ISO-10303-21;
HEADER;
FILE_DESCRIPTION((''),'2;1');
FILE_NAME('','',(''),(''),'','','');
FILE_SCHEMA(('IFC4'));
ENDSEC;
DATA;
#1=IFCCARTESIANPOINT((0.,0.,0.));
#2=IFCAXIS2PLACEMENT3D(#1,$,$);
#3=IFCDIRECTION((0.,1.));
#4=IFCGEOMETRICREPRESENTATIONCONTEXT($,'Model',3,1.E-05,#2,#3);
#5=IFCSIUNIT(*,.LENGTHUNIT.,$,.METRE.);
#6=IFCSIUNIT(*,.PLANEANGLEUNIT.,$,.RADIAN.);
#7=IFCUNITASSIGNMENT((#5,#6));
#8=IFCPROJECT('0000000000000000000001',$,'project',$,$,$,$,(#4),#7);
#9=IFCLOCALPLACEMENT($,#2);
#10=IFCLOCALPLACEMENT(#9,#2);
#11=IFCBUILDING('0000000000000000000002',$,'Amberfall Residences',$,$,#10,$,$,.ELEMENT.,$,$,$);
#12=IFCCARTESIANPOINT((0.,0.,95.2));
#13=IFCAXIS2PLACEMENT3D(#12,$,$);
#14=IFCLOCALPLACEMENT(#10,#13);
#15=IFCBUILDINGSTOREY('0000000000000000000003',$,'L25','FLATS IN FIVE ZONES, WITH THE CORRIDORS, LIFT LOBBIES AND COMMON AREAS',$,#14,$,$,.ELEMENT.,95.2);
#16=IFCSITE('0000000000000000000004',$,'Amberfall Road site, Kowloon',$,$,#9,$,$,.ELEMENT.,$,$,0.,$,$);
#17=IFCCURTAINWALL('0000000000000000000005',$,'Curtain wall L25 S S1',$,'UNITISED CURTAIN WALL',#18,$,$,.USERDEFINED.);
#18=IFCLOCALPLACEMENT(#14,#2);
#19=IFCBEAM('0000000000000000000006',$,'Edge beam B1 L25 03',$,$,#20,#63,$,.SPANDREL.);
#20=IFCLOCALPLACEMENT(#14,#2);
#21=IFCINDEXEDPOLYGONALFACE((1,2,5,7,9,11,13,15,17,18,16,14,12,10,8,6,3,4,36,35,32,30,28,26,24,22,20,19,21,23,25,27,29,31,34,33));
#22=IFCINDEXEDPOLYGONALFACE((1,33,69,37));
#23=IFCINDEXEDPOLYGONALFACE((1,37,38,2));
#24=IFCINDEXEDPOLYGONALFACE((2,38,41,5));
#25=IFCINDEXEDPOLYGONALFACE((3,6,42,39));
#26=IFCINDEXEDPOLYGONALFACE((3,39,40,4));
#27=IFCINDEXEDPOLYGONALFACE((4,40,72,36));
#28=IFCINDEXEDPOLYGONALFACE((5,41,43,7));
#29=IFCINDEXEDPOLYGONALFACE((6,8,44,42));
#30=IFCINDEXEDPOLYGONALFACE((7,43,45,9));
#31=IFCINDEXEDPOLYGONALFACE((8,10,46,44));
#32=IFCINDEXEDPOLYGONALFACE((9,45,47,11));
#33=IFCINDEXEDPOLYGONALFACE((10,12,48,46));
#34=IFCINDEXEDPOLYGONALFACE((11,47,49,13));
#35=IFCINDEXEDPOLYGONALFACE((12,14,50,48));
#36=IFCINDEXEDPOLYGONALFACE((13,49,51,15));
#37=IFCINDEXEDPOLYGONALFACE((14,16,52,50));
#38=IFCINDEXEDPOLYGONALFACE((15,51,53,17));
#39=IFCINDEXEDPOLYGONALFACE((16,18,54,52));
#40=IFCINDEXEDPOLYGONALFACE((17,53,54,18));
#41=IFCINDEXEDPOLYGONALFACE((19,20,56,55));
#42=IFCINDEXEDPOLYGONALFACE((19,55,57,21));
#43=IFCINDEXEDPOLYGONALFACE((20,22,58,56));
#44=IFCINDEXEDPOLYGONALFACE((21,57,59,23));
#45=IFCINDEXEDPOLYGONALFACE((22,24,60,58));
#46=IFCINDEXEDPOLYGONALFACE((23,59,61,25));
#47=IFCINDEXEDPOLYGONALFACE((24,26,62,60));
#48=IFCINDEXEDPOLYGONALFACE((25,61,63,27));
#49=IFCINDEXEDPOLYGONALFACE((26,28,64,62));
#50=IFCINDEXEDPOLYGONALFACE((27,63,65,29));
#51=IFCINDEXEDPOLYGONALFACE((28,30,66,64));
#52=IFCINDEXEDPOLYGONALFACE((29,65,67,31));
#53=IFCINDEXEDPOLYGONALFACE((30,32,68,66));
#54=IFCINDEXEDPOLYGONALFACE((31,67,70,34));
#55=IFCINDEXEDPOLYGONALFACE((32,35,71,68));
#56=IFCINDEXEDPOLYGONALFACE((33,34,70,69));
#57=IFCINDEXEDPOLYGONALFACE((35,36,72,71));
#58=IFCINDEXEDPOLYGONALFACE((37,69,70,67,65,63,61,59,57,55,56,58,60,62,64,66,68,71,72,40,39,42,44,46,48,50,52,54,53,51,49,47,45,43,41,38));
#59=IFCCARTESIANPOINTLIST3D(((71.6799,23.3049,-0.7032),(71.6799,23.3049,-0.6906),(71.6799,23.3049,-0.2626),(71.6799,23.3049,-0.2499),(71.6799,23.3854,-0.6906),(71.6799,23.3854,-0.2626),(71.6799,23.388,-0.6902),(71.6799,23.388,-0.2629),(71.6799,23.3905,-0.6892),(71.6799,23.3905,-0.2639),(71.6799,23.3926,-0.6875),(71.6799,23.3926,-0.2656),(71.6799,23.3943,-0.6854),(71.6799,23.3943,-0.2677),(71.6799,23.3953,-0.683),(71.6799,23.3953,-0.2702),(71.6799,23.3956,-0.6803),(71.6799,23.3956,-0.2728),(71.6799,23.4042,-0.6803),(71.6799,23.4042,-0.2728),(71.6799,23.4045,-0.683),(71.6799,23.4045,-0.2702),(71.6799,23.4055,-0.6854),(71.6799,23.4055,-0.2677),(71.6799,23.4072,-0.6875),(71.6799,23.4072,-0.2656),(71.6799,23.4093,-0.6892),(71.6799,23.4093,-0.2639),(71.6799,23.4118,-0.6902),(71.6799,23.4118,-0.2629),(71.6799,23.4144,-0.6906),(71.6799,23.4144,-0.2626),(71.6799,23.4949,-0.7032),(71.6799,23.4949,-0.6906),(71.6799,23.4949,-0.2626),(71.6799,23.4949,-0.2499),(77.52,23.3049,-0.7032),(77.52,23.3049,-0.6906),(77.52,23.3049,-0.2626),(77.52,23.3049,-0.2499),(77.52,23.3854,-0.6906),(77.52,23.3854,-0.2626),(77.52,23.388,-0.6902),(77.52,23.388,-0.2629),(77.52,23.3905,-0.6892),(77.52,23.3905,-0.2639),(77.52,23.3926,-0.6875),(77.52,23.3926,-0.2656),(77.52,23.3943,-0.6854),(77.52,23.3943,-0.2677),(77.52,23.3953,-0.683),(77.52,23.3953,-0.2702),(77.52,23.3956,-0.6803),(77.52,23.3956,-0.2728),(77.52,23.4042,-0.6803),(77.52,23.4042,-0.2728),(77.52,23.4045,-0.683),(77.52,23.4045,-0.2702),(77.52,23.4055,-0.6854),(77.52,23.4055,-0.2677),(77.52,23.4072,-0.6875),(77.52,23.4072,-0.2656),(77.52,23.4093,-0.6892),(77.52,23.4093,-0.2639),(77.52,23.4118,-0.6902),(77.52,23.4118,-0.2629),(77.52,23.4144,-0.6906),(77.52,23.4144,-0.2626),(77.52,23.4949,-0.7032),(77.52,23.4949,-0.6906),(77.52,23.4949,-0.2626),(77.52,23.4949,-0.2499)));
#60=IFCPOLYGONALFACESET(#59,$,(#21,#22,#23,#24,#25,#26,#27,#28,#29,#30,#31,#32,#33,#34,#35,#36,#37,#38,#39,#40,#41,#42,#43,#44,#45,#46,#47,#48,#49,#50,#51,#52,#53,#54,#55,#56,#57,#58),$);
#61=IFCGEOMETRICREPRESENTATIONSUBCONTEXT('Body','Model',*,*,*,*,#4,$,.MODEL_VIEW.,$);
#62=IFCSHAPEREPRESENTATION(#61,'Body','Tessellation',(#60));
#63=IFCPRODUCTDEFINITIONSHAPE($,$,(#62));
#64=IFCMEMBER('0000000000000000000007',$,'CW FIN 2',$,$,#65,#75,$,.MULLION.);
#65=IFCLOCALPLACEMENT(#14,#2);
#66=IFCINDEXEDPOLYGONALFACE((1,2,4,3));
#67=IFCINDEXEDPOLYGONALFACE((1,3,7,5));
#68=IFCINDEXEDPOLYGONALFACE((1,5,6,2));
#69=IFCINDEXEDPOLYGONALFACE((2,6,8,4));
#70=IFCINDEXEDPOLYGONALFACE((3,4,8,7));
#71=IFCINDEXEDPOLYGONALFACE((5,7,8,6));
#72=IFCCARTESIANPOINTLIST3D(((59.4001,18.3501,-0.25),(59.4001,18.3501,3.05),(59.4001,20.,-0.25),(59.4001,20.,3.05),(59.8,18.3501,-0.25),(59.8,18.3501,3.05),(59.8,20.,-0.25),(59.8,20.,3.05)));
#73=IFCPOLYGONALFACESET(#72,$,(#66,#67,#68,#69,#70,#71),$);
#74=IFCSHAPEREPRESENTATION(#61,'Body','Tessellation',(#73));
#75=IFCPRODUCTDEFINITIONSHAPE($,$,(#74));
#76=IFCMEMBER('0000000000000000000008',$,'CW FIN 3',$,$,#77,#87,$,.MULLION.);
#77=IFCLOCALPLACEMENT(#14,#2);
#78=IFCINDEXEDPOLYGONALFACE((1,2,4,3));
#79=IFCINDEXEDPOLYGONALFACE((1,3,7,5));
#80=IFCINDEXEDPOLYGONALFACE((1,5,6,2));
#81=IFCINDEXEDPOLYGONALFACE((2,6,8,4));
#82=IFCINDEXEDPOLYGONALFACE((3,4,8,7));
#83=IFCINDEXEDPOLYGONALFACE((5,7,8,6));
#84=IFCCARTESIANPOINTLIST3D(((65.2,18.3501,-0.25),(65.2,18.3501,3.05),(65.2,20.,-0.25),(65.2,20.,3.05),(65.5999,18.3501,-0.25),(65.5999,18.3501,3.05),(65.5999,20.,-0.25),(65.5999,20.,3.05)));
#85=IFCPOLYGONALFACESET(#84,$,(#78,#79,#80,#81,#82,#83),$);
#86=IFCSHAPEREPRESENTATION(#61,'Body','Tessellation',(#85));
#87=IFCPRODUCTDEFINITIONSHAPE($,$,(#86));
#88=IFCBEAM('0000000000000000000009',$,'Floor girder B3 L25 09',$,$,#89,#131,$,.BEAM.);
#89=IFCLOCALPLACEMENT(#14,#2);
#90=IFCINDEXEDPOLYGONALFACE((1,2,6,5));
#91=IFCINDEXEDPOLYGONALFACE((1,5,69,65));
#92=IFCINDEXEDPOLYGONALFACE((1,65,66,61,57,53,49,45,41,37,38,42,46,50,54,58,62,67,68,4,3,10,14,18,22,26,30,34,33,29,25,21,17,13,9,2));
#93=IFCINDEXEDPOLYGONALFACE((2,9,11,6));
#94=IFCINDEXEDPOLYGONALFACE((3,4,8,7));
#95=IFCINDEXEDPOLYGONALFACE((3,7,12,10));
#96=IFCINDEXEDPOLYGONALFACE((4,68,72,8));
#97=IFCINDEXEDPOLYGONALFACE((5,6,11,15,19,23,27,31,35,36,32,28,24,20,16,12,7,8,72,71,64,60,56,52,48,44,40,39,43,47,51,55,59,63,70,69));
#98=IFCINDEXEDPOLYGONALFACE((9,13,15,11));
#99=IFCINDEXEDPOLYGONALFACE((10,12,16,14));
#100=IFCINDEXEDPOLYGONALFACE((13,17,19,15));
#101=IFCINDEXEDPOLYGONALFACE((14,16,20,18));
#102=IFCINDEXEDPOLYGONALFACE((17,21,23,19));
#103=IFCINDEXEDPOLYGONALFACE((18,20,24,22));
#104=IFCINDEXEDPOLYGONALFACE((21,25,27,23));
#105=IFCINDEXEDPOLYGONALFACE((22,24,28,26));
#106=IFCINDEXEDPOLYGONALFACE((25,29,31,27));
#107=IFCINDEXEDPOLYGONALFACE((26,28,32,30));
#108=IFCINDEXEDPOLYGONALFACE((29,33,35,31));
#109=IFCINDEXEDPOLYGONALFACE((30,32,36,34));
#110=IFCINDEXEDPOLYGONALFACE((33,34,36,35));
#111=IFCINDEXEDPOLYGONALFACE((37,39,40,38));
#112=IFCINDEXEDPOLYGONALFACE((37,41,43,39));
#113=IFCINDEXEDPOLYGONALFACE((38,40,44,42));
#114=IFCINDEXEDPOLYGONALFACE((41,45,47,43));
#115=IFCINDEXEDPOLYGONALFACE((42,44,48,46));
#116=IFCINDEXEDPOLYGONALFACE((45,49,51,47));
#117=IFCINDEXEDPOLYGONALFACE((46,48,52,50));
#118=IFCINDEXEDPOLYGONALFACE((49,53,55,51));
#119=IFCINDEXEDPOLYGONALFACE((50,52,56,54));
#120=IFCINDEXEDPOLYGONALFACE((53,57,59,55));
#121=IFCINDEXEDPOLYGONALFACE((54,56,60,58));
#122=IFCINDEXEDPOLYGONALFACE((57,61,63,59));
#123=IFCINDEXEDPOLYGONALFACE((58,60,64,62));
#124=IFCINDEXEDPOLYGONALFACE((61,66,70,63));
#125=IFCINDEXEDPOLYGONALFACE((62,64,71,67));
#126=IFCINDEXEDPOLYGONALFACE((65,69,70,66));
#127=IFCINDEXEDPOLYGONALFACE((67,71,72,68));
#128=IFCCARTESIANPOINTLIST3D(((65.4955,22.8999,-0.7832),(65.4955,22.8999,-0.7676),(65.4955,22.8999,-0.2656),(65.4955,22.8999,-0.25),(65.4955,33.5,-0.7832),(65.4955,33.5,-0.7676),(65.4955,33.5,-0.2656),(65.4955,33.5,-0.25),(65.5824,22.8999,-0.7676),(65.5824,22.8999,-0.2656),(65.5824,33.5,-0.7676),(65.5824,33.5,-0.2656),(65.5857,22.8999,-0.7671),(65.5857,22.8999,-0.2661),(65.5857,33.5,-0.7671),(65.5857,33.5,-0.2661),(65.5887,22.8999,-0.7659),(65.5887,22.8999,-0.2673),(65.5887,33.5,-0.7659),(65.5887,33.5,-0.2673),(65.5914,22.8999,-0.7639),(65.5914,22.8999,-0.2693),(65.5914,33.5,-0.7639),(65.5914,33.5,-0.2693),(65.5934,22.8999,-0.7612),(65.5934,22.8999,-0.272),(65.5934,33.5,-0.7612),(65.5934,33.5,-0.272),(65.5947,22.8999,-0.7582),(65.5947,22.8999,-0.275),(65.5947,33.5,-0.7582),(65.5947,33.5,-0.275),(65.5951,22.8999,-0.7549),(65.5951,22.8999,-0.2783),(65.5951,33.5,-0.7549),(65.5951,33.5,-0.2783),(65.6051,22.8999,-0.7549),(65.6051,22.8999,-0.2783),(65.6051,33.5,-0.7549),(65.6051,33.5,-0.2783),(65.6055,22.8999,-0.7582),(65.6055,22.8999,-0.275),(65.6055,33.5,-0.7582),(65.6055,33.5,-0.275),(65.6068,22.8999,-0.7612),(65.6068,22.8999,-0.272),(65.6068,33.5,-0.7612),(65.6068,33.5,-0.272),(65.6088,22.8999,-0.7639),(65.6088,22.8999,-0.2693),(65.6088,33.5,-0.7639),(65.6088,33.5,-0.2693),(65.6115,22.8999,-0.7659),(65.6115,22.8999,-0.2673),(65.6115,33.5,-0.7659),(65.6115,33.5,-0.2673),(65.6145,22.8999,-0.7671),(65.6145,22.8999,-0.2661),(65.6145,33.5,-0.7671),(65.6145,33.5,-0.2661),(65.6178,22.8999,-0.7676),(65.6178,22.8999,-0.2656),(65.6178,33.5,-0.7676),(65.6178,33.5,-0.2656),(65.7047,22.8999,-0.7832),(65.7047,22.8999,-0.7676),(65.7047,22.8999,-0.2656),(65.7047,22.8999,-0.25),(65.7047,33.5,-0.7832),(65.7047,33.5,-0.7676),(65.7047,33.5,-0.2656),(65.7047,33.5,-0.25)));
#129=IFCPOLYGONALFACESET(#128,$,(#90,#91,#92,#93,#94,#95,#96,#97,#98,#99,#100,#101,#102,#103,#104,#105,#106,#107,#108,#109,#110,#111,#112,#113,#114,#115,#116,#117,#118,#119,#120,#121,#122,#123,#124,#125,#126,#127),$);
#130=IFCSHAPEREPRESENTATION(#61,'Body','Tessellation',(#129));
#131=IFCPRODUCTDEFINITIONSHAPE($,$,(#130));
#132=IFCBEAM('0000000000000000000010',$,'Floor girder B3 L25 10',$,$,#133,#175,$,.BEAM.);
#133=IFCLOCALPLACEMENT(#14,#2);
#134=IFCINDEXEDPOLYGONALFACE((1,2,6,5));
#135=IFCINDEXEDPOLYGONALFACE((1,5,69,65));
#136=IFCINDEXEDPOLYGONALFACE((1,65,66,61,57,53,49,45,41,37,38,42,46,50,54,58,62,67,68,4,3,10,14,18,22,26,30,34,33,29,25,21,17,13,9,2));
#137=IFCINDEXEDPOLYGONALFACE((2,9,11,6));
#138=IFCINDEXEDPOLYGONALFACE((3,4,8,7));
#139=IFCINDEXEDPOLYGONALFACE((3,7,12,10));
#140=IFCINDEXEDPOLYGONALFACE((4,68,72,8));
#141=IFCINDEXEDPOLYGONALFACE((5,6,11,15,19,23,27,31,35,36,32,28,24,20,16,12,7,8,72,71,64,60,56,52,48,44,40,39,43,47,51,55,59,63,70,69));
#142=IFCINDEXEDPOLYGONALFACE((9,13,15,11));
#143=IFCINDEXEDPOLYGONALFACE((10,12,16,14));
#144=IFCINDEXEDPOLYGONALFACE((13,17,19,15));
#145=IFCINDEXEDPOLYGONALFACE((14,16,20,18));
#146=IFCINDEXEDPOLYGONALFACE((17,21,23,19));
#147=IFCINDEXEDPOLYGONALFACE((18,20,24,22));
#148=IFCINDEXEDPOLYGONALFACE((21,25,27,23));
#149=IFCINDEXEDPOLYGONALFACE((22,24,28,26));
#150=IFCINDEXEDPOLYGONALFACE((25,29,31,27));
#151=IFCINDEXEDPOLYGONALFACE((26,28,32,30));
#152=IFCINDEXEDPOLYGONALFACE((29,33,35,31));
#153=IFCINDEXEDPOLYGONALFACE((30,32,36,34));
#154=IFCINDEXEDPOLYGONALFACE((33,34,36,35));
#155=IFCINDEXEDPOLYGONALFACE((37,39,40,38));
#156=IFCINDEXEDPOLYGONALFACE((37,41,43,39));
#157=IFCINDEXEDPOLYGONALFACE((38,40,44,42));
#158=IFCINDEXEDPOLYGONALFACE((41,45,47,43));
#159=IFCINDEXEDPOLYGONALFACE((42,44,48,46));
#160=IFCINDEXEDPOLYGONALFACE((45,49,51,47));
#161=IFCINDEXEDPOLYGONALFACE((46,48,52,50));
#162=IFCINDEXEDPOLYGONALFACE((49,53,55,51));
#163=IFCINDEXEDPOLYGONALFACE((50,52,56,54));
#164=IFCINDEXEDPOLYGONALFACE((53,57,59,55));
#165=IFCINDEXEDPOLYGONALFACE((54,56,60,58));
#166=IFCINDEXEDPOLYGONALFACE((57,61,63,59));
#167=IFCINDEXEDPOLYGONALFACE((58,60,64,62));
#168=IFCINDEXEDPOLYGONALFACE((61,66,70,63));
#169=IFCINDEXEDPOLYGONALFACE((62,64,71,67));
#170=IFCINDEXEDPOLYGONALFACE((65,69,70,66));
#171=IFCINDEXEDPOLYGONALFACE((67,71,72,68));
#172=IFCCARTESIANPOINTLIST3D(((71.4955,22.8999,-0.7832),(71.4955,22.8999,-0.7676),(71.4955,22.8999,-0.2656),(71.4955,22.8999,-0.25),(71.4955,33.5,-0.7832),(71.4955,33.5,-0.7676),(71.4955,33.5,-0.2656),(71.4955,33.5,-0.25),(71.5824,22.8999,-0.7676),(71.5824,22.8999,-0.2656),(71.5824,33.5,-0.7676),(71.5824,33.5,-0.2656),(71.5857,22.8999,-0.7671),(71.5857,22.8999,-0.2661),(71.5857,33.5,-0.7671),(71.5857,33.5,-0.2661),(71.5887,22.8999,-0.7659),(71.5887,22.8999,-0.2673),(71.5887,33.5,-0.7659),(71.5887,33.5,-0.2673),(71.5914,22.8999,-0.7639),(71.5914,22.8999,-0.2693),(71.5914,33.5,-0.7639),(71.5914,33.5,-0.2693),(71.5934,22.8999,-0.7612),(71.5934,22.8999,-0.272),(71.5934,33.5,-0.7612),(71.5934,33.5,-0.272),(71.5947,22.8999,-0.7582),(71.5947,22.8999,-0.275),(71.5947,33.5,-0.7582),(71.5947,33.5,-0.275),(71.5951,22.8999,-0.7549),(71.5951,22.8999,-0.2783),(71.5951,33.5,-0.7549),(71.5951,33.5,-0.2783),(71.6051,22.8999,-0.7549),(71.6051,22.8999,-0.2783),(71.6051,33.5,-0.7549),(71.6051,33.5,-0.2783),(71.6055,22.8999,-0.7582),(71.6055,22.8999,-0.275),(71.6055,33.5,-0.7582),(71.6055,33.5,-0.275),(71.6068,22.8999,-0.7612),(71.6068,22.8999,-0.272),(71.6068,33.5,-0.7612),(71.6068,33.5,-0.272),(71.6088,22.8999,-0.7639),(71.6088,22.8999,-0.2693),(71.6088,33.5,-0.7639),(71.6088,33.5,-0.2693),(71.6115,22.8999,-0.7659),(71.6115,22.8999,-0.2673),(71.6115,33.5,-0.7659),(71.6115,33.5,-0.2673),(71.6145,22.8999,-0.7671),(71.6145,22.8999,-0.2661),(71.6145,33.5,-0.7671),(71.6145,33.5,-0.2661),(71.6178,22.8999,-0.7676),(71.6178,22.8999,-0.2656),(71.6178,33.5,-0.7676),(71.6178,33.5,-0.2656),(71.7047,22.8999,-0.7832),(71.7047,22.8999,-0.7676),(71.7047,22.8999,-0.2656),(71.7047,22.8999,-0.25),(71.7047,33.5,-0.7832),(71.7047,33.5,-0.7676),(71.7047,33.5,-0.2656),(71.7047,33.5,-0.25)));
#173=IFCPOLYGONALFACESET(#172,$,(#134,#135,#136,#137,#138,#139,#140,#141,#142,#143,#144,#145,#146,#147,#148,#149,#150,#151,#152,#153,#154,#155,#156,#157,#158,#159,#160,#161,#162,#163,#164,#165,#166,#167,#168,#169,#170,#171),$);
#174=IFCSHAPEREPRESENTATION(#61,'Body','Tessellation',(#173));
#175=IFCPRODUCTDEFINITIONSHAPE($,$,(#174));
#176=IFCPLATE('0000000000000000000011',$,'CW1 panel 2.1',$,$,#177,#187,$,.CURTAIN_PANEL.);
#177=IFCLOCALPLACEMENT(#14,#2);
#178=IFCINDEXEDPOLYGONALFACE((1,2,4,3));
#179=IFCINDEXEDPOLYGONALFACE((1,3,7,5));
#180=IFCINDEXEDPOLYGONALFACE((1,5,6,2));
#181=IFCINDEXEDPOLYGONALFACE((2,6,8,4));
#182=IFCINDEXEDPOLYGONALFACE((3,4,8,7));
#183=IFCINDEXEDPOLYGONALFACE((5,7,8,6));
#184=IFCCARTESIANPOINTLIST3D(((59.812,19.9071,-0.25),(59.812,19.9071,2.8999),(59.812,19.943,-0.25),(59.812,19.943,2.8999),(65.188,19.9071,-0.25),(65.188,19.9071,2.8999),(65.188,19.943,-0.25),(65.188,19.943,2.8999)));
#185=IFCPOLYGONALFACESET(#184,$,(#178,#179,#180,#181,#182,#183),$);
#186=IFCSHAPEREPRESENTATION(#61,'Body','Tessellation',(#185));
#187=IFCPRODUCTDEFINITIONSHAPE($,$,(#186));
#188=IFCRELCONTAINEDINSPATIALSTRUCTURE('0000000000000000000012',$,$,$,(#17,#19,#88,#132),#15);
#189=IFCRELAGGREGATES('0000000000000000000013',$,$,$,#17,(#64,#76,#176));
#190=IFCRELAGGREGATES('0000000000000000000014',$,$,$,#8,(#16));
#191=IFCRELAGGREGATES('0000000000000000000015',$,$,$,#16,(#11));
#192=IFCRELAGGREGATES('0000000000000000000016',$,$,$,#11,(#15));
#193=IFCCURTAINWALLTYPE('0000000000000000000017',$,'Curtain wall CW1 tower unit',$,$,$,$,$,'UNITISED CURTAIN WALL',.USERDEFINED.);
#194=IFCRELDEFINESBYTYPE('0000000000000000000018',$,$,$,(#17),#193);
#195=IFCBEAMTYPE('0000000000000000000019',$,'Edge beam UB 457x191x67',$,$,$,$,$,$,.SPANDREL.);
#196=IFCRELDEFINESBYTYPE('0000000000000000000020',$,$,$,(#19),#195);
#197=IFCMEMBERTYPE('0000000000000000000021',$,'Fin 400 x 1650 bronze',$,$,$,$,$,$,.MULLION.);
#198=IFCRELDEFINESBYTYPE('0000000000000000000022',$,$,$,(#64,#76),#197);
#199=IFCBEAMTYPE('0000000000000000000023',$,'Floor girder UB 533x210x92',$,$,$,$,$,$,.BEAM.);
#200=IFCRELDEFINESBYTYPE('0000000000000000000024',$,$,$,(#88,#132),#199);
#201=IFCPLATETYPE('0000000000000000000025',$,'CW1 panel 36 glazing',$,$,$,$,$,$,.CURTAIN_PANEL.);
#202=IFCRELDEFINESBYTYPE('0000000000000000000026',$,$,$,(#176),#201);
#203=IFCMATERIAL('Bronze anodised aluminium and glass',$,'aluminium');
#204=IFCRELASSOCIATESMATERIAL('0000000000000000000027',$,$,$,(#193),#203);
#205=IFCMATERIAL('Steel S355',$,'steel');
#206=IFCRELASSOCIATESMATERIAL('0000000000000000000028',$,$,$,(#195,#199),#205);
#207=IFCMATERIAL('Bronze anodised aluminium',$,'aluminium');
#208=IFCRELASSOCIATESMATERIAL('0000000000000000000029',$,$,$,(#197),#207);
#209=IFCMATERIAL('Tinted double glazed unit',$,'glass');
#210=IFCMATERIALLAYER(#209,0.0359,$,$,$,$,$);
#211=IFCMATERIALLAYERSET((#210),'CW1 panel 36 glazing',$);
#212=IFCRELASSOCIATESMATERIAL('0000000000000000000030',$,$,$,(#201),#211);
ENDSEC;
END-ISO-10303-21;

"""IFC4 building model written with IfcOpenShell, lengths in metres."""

from ifc_helpers import new_model, si_unit, direction, frame, origin, origin_2d, place, context, subcontext, project, spatial, rectangle, i_section, extrude, material, layer, layer_set, material_profile, profile_set, type_object, element, aggregate, save


model = new_model("IFC4")

# Units and contexts
model_context = context("Model", 3, precision=1e-05, world=origin(), true_north=direction((0.0, 1.0)))
body_context = subcontext(model_context, "Body", "Model", "MODEL_VIEW")
ifc_project = project(units=[si_unit("LENGTHUNIT", "METRE"), si_unit("PLANEANGLEUNIT", "RADIAN")], contexts=[model_context])

# Site, building, storey
site_placement = place(None, origin())
site = spatial("IfcSite", under=ifc_project, at=site_placement, Name="Amberfall Road site, Kowloon", CompositionType="ELEMENT", RefElevation=0.0)
building_placement = place(site_placement, origin())
building = spatial("IfcBuilding", under=site, at=building_placement, Name="Amberfall Residences", CompositionType="ELEMENT")
storey_placement = place(building_placement, frame((0.0, 0.0, 95.2)))
storey = spatial("IfcBuildingStorey", under=building, at=storey_placement, Name="L25", Description="FLATS IN FIVE ZONES, WITH THE CORRIDORS, LIFT LOBBIES AND COMMON AREAS", CompositionType="ELEMENT", Elevation=95.2)

# Curtain wall
ifc_material_1 = material(Name="Bronze anodised aluminium and glass", Category="aluminium")
curtain_wall_type = type_object("IfcCurtainWallType", Name="Curtain wall CW1 tower unit", ElementType="UNITISED CURTAIN WALL", PredefinedType="USERDEFINED", material=ifc_material_1)
curtain_wall_placement = place(storey_placement, origin())
curtain_wall = element("IfcCurtainWall", 1, at=curtain_wall_placement, inside=storey, type_object=curtain_wall_type, Name="Curtain wall L25 S S1", ObjectType="UNITISED CURTAIN WALL", PredefinedType="USERDEFINED")
ifc_material_2 = material(Name="Bronze anodised aluminium", Category="aluminium")

# Beam
ifc_material_3 = material(Name="Steel S355", Category="steel")
ifc_material_profile_1 = material_profile(ifc_material_3, i_section(OverallWidth=0.1899, OverallDepth=0.4534, WebThickness=0.0085, FlangeThickness=0.0127, FilletRadius=0.0103, at=origin_2d()), Name="UB 457x191x67")
ifc_profile_set_1 = profile_set([ifc_material_profile_1], Name="Steel S355")
beam_type_1 = type_object("IfcBeamType", Name="Edge beam UB 457x191x67", PredefinedType="SPANDREL", material=ifc_profile_set_1)
beam_1_placement = place(storey_placement, frame((71.6799, 23.3999, -0.4766), z_axis=(1.0, 0.0, 0.0), x_axis=(0.0, 1.0, 0.0)))
element("IfcBeam", 2, at=beam_1_placement, inside=storey, type_object=beam_type_1, Name="Edge beam B1 L25 03", PredefinedType="SPANDREL", context=body_context, shape_type="SweptSolid", body=[
    extrude(i_section(OverallWidth=0.1899, OverallDepth=0.4534, WebThickness=0.0085, FlangeThickness=0.0127, FilletRadius=0.0103, at=origin_2d()), origin(), (0.0, 0.0, 1.0), 5.8401),
])

# Members
ifc_material_profile_2 = material_profile(ifc_material_2, rectangle(XDim=1.6499, YDim=0.3999, at=origin_2d()), Name="Fin 400 x 1650 bronze")
ifc_profile_set_2 = profile_set([ifc_material_profile_2], Name="Bronze anodised aluminium")
member_type_1 = type_object("IfcMemberType", Name="Fin 400 x 1650 bronze", PredefinedType="MULLION", material=ifc_profile_set_2)
member_1_placement = place(storey_placement, frame((59.6001, 19.175, -0.25), z_axis=(0.0, 0.0, 1.0), x_axis=(0.0, 1.0, 0.0)))
member_1 = element("IfcMember", 3, at=member_1_placement, type_object=member_type_1, Name="CW FIN 2", PredefinedType="MULLION", context=body_context, shape_type="SweptSolid", body=[
    extrude(rectangle(XDim=1.6499, YDim=0.3999, at=origin_2d()), origin(), (0.0, 0.0, 1.0), 3.3),
])
member_2_placement = place(storey_placement, frame((65.3999, 19.175, -0.25), z_axis=(0.0, 0.0, 1.0), x_axis=(0.0, 1.0, 0.0)))
member_2 = element("IfcMember", 4, at=member_2_placement, type_object=member_type_1, Name="CW FIN 3", PredefinedType="MULLION", context=body_context, shape_type="SweptSolid", body=[
    extrude(rectangle(XDim=1.6499, YDim=0.3999, at=origin_2d()), origin(), (0.0, 0.0, 1.0), 3.3),
])

# Beams
ifc_material_profile_3 = material_profile(ifc_material_3, i_section(OverallWidth=0.2092, OverallDepth=0.5332, WebThickness=0.01, FlangeThickness=0.0156, FilletRadius=0.0127, at=origin_2d()), Name="UB 533x210x92")
ifc_profile_set_3 = profile_set([ifc_material_profile_3], Name="Steel S355")
beam_type_2 = type_object("IfcBeamType", Name="Floor girder UB 533x210x92", PredefinedType="BEAM", material=ifc_profile_set_3)
for number, where, z_axis, x_axis, name in (
    (5, (65.6001, 22.8999, -0.5166), (0.0, 1.0, 0.0), (-1.0, 0.0, 0.0), "Floor girder B3 L25 09"),
    (6, (71.6001, 22.8999, -0.5166), (0.0, 1.0, 0.0), (-1.0, 0.0, 0.0), "Floor girder B3 L25 10"),
):
    element("IfcBeam", number, at=place(storey_placement, frame(where, z_axis=z_axis, x_axis=x_axis)), inside=storey, type_object=beam_type_2, Name=name, PredefinedType="BEAM", context=body_context, shape_type="SweptSolid", body=[
        extrude(i_section(OverallWidth=0.2092, OverallDepth=0.5332, WebThickness=0.01, FlangeThickness=0.0156, FilletRadius=0.0127, at=origin_2d()), origin(), (0.0, 0.0, 1.0), 10.6001),
    ])

# Plate
ifc_material_4 = material(Name="Tinted double glazed unit", Category="glass")
ifc_layer_1 = layer(ifc_material_4, 0.0359)
ifc_layer_set_1 = layer_set([ifc_layer_1], Name="CW1 panel 36 glazing")
plate_type = type_object("IfcPlateType", Name="CW1 panel 36 glazing", PredefinedType="CURTAIN_PANEL", material=ifc_layer_set_1)
plate_placement = place(storey_placement, frame((62.5, 19.925, -0.25), z_axis=(0.0, 0.0, 1.0), x_axis=(1.0, 0.0, 0.0)))
plate = element("IfcPlate", 7, at=plate_placement, type_object=plate_type, Name="CW1 panel 2.1", PredefinedType="CURTAIN_PANEL", context=body_context, shape_type="SweptSolid", body=[
    extrude(rectangle(XDim=5.376, YDim=0.0359, at=origin_2d()), origin(), (0.0, 0.0, 1.0), 3.1499),
])
aggregate(curtain_wall, [member_1, member_2, plate])

save(model, "model.ifc")
